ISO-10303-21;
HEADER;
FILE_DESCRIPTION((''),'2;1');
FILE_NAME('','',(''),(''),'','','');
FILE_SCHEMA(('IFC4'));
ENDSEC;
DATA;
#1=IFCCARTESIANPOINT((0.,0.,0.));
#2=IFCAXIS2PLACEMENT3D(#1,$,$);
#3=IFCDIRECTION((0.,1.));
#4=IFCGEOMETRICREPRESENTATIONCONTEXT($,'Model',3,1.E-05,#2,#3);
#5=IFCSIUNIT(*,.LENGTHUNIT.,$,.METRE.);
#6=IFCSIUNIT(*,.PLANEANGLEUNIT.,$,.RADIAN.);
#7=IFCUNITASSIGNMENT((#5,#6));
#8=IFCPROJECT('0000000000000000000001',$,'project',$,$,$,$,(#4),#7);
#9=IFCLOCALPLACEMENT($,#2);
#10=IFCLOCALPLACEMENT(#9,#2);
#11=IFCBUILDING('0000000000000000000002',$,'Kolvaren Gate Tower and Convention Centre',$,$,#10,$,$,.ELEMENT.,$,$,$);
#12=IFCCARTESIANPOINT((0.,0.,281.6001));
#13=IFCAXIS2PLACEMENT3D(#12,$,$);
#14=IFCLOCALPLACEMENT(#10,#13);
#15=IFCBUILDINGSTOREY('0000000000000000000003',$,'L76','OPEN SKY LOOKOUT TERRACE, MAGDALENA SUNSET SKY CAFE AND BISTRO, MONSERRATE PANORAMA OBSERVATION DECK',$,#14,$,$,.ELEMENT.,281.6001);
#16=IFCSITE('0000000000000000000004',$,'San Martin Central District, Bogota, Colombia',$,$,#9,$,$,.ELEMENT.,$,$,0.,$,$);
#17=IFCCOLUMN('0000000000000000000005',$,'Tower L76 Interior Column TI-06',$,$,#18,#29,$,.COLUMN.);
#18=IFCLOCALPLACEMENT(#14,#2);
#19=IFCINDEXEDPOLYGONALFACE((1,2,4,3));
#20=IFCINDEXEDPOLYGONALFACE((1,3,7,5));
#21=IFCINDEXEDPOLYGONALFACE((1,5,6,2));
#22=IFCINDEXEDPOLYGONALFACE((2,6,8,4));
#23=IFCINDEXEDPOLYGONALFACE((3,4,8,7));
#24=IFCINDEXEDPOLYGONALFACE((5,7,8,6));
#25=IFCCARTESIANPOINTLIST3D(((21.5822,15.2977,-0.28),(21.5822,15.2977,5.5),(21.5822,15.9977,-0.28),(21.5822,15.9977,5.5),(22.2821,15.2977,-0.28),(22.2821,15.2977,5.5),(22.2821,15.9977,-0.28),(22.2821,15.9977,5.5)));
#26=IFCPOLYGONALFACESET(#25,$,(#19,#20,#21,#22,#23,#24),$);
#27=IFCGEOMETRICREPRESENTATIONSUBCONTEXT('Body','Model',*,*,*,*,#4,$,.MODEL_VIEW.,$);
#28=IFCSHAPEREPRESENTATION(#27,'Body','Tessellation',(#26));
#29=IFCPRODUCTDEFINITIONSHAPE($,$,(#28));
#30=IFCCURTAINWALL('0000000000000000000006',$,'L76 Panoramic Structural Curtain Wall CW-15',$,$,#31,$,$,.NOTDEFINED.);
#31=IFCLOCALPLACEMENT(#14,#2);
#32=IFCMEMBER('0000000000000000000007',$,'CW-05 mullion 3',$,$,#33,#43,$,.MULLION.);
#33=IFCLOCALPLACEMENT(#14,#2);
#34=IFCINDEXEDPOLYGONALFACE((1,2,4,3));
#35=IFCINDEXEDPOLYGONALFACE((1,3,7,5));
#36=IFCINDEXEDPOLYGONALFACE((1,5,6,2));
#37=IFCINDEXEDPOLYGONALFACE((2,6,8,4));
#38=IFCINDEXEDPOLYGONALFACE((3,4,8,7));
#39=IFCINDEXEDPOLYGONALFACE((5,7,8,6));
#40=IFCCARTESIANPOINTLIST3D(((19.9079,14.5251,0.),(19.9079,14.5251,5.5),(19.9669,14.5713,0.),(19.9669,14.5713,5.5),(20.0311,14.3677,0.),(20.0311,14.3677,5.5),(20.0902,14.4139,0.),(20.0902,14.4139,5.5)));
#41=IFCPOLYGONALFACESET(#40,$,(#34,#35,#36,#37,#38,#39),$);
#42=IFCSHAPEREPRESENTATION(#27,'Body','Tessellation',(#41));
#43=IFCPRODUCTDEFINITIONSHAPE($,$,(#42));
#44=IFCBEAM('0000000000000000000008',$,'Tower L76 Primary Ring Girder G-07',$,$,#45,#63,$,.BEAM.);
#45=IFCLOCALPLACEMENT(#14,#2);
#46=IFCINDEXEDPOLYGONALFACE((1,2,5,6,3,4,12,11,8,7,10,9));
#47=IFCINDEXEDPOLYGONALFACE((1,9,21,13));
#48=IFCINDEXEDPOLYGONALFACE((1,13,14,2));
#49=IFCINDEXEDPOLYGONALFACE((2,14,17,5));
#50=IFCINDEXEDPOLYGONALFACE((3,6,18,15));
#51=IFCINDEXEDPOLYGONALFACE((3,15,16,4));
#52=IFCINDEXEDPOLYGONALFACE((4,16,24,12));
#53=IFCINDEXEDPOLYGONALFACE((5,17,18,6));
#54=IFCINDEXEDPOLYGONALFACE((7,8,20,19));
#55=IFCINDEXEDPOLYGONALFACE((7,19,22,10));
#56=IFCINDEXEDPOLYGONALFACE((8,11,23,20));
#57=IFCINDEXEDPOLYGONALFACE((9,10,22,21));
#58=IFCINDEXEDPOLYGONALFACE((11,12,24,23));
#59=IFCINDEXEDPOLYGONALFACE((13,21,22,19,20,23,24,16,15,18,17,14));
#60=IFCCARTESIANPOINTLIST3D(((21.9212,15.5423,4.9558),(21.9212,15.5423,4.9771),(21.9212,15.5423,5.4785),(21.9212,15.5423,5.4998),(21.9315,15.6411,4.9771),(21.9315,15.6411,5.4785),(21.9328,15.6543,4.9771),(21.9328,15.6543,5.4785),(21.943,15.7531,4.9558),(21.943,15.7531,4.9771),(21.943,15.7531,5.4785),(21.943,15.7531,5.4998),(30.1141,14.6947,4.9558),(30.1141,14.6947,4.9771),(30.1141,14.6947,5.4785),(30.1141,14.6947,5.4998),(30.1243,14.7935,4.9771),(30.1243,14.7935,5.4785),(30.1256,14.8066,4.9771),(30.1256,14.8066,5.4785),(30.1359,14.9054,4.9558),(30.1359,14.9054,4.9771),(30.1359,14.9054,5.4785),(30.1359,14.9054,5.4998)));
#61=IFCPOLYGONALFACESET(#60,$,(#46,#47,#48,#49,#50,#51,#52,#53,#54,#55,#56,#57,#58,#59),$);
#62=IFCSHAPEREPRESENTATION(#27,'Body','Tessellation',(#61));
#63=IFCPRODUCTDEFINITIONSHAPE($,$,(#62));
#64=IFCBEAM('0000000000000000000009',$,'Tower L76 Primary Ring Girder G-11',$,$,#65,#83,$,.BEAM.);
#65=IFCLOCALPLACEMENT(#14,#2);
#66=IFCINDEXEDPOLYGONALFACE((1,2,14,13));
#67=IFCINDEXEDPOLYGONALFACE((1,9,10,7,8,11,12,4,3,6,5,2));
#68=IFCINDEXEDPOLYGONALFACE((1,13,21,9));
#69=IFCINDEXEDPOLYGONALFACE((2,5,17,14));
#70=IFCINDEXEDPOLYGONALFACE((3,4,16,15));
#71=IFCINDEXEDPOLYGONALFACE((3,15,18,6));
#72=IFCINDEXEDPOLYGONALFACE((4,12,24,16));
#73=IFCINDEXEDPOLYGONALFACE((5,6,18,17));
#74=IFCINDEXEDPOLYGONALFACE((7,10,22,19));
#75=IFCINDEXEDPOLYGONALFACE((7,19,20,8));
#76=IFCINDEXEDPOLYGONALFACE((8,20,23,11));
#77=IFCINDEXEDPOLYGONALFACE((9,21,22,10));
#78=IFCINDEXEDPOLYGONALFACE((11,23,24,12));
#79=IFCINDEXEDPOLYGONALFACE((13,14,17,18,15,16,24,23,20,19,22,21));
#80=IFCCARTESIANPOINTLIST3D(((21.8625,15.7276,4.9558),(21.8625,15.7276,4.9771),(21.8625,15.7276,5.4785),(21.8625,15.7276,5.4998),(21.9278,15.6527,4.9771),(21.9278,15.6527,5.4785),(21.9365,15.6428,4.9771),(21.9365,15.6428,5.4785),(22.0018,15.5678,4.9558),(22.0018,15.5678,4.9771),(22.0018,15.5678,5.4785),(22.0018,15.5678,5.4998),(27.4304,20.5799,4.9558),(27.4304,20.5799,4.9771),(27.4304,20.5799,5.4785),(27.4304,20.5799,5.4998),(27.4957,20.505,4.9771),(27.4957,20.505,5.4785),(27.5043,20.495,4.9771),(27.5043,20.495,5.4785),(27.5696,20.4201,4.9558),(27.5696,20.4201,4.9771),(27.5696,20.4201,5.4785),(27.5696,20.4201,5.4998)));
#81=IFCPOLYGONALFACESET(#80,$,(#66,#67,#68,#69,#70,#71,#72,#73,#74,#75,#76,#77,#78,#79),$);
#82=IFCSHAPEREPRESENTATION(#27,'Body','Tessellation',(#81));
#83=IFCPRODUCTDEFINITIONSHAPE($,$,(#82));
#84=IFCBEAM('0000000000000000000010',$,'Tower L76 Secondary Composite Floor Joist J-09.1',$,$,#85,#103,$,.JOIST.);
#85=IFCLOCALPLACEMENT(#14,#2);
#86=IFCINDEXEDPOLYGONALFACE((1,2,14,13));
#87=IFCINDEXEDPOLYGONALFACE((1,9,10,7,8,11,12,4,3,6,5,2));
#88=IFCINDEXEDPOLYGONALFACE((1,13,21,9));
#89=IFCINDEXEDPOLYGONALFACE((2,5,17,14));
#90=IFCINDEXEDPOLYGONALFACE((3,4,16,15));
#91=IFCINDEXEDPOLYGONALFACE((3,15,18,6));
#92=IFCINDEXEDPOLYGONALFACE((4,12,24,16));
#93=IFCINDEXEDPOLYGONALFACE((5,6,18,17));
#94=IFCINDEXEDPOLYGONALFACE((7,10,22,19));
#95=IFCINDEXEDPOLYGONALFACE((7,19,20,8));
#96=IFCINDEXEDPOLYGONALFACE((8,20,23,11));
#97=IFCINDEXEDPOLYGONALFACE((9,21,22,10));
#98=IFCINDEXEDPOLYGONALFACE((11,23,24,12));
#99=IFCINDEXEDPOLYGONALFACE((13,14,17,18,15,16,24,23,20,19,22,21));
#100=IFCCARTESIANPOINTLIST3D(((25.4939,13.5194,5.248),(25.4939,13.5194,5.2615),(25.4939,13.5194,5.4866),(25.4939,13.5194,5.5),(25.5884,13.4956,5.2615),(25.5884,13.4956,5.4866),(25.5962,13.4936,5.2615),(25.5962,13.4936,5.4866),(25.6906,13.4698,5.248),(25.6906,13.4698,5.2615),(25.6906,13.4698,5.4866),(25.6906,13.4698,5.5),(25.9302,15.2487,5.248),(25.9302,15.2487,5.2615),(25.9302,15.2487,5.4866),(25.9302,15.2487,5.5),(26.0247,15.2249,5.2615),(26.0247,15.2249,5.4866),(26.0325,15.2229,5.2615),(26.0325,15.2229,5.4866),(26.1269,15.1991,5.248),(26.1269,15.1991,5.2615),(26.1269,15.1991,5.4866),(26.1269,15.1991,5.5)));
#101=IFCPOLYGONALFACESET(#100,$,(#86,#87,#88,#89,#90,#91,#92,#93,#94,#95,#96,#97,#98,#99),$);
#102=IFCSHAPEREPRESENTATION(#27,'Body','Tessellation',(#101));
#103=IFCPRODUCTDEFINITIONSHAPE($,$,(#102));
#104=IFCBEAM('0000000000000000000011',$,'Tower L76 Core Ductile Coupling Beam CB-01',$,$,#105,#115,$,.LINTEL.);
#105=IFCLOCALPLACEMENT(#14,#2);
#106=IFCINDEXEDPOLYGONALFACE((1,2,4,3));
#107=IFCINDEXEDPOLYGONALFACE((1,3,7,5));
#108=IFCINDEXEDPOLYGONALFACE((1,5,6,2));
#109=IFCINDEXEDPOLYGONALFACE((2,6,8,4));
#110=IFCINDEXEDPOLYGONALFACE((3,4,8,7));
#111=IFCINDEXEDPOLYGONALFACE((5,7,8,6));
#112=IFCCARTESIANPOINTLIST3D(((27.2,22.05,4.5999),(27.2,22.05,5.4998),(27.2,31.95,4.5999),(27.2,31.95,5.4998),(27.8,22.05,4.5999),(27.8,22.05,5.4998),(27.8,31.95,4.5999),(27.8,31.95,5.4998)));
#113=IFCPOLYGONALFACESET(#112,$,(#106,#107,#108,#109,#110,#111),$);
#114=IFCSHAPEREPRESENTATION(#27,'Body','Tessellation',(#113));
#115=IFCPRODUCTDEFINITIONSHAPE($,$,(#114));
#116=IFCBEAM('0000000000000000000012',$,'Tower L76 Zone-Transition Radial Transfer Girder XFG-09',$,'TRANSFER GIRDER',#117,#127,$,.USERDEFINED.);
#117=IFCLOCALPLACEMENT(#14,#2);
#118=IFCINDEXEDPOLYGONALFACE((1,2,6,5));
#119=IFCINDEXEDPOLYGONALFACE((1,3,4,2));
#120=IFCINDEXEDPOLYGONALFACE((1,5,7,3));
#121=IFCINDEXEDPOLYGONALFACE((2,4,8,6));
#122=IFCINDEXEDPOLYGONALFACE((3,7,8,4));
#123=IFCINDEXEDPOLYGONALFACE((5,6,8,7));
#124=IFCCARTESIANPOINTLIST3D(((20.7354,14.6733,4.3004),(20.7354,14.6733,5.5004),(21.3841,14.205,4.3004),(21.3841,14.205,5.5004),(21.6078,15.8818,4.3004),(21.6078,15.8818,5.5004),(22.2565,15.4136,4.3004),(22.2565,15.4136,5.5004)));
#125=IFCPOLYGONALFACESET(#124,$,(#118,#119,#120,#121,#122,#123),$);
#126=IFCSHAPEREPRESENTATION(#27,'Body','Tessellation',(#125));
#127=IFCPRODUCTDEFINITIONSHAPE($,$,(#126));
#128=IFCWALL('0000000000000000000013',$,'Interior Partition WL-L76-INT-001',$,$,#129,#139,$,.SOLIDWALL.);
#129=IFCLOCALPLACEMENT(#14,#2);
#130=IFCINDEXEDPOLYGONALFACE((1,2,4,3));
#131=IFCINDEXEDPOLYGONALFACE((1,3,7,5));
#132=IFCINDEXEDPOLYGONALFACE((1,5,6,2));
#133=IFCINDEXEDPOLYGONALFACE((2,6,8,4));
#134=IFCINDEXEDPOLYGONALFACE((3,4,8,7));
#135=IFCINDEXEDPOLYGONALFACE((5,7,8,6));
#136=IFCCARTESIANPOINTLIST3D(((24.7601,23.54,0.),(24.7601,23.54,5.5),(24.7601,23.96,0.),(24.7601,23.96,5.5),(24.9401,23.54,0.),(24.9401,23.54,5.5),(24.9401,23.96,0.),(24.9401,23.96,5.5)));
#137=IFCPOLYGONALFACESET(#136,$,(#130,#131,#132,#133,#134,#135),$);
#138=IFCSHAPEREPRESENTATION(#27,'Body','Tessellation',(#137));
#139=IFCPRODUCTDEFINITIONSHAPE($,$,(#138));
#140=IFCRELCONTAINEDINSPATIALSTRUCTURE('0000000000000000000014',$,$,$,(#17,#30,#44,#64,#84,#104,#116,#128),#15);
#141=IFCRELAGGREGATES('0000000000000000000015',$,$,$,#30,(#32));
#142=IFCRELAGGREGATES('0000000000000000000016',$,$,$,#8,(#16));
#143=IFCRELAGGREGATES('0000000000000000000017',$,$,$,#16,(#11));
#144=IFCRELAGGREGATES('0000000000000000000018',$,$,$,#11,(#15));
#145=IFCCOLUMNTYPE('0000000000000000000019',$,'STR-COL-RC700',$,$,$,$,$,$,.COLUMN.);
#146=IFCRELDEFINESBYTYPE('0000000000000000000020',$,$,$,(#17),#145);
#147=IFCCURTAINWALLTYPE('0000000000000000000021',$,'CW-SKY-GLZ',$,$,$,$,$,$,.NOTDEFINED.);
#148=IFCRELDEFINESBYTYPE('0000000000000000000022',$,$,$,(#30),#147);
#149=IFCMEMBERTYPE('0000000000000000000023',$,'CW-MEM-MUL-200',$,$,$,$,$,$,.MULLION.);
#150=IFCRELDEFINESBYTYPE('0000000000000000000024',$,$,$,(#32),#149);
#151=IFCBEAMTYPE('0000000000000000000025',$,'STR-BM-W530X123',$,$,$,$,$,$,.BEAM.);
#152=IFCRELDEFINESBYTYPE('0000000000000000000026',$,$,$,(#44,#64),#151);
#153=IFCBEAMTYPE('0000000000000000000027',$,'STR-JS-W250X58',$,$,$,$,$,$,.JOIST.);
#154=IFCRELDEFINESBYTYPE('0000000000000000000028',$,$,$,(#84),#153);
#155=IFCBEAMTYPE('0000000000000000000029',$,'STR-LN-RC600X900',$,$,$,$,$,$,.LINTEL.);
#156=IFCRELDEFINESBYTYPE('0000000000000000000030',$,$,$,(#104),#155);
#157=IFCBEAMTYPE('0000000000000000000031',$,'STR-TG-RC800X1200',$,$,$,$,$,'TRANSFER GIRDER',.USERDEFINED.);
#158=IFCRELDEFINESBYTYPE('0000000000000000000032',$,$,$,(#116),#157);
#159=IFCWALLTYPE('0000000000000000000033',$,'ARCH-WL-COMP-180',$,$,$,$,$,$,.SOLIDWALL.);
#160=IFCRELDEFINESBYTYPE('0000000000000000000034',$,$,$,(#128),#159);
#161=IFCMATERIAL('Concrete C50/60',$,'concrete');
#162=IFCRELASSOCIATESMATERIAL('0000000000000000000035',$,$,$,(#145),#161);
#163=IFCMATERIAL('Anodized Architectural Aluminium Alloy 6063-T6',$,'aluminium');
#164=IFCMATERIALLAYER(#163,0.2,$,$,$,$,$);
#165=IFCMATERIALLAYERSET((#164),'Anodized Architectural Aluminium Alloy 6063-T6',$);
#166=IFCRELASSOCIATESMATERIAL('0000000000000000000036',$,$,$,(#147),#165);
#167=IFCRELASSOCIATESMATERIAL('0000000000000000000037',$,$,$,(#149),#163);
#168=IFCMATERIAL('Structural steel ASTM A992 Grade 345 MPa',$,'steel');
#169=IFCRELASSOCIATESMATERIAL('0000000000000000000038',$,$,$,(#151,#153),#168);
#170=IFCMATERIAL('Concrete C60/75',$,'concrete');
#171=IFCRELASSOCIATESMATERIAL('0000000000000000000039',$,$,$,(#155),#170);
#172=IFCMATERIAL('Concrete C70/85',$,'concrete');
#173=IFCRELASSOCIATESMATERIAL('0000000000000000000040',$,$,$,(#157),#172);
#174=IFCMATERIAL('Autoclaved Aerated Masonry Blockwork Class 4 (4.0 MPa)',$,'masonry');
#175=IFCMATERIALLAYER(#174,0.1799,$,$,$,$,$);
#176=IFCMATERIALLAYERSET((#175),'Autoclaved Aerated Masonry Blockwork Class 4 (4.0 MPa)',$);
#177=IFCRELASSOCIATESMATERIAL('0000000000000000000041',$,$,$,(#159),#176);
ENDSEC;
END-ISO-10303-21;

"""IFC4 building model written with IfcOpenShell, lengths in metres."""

from ifc_helpers import new_model, si_unit, direction, frame, frame_2d, origin, origin_2d, place, context, subcontext, project, spatial, rectangle, i_section, extrude, material, layer, layer_set, material_profile, profile_set, type_object, element, aggregate, save


model = new_model("IFC4")

# Units and contexts
model_context = context("Model", 3, precision=1e-05, world=origin(), true_north=direction((0.0, 1.0)))
body_context = subcontext(model_context, "Body", "Model", "MODEL_VIEW")
ifc_project = project(units=[si_unit("LENGTHUNIT", "METRE"), si_unit("PLANEANGLEUNIT", "RADIAN")], contexts=[model_context])

# Site, building, storey
site_placement = place(None, origin())
site = spatial("IfcSite", under=ifc_project, at=site_placement, Name="San Martin Central District, Bogota, Colombia", CompositionType="ELEMENT", RefElevation=0.0)
building_placement = place(site_placement, origin())
building = spatial("IfcBuilding", under=site, at=building_placement, Name="Kolvaren Gate Tower and Convention Centre", CompositionType="ELEMENT")
storey_placement = place(building_placement, frame((0.0, 0.0, 281.6001)))
storey = spatial("IfcBuildingStorey", under=building, at=storey_placement, Name="L76", Description="OPEN SKY LOOKOUT TERRACE, MAGDALENA SUNSET SKY CAFE AND BISTRO, MONSERRATE PANORAMA OBSERVATION DECK", CompositionType="ELEMENT", Elevation=281.6001)

# Column
ifc_material_1 = material(Name="Concrete C50/60", Category="concrete")
ifc_material_profile_1 = material_profile(ifc_material_1, rectangle(XDim=0.7, YDim=0.7, at=origin_2d()), Name="RC-COL-700X700")
ifc_profile_set_1 = profile_set([ifc_material_profile_1], Name="Concrete C50/60")
column_type = type_object("IfcColumnType", Name="STR-COL-RC700", PredefinedType="COLUMN", material=ifc_profile_set_1)
column_placement = place(storey_placement, frame((21.9321, 15.6477, -0.28), z_axis=(0.0, 0.0, 1.0), x_axis=(1.0, 0.0, 0.0)))
element("IfcColumn", 1, at=column_placement, inside=storey, type_object=column_type, Name="Tower L76 Interior Column TI-06", PredefinedType="COLUMN", context=body_context, shape_type="SweptSolid", body=[
    extrude(rectangle(XDim=0.7, YDim=0.7, at=origin_2d()), origin(), (0.0, 0.0, 1.0), 5.78),
])

# Curtain wall, member
ifc_material_2 = material(Name="Anodized Architectural Aluminium Alloy 6063-T6", Category="aluminium")
ifc_layer_1 = layer(ifc_material_2, 0.2)
ifc_layer_set_1 = layer_set([ifc_layer_1], Name="Anodized Architectural Aluminium Alloy 6063-T6")
curtain_wall_type = type_object("IfcCurtainWallType", Name="CW-SKY-GLZ", PredefinedType="NOTDEFINED", material=ifc_layer_set_1)
curtain_wall_placement = place(storey_placement, origin())
curtain_wall = element("IfcCurtainWall", 2, at=curtain_wall_placement, inside=storey, type_object=curtain_wall_type, Name="L76 Panoramic Structural Curtain Wall CW-15", PredefinedType="NOTDEFINED")
ifc_material_profile_2 = material_profile(ifc_material_2, rectangle(XDim=0.075, YDim=0.2, at=origin_2d()), Name="CW-MEM-MUL-200")
ifc_profile_set_2 = profile_set([ifc_material_profile_2], Name="Anodized Architectural Aluminium Alloy 6063-T6")
member_type = type_object("IfcMemberType", Name="CW-MEM-MUL-200", PredefinedType="MULLION", material=ifc_profile_set_2)
member_placement = place(storey_placement, frame((19.999, 14.4695, 0.0), z_axis=(0.0, 0.0, 1.0), x_axis=(0.787411, 0.616429, 0.0)))
member = element("IfcMember", 3, at=member_placement, type_object=member_type, Name="CW-05 mullion 3", PredefinedType="MULLION", context=body_context, shape_type="SweptSolid", body=[
    extrude(rectangle(XDim=0.075, YDim=0.2, at=origin_2d()), origin(), (0.0, 0.0, 1.0), 5.5),
])
aggregate(curtain_wall, [member])

# Beams
ifc_material_3 = material(Name="Structural steel ASTM A992 Grade 345 MPa", Category="steel")
ifc_material_profile_3 = material_profile(ifc_material_3, i_section(OverallWidth=0.2119, OverallDepth=0.5439, WebThickness=0.0132, FlangeThickness=0.0212, at=origin_2d()), Name="W530X123")
ifc_profile_set_3 = profile_set([ifc_material_profile_3], Name="Structural steel ASTM A992 Grade 345 MPa")
beam_type_1 = type_object("IfcBeamType", Name="STR-BM-W530X123", PredefinedType="BEAM", material=ifc_profile_set_3)
beam_1_placement = place(storey_placement, frame((21.9321, 15.6477, 5.2278), z_axis=(0.99469, -0.102913, 0.0), x_axis=(0.102913, 0.99469, 0.0)))
element("IfcBeam", 4, at=beam_1_placement, inside=storey, type_object=beam_type_1, Name="Tower L76 Primary Ring Girder G-07", PredefinedType="BEAM", context=body_context, shape_type="SweptSolid", body=[
    extrude(i_section(OverallWidth=0.2119, OverallDepth=0.5439, WebThickness=0.0132, FlangeThickness=0.0212, at=origin_2d()), origin(), (0.0, 0.0, 1.0), 8.2366),
])
beam_2_placement = place(storey_placement, frame((27.5, 20.5, 5.2278), z_axis=(-0.75389, -0.657001, 0.0), x_axis=(0.657001, -0.75389, 0.0)))
element("IfcBeam", 5, at=beam_2_placement, inside=storey, type_object=beam_type_1, Name="Tower L76 Primary Ring Girder G-11", PredefinedType="BEAM", context=body_context, shape_type="SweptSolid", body=[
    extrude(i_section(OverallWidth=0.2119, OverallDepth=0.5439, WebThickness=0.0132, FlangeThickness=0.0212, at=origin_2d()), origin(), (0.0, 0.0, 1.0), 7.3855),
])
ifc_material_profile_4 = material_profile(ifc_material_3, i_section(OverallWidth=0.2029, OverallDepth=0.252, WebThickness=0.0081, FlangeThickness=0.0134, at=origin_2d()), Name="W250X58")
ifc_profile_set_4 = profile_set([ifc_material_profile_4], Name="Structural steel ASTM A992 Grade 345 MPa")
beam_type_2 = type_object("IfcBeamType", Name="STR-JS-W250X58", PredefinedType="JOIST", material=ifc_profile_set_4)
beam_3_placement = place(storey_placement, frame((26.0286, 15.2239, 5.374), z_axis=(-0.244629, -0.969617, 0.0), x_axis=(0.969617, -0.244629, 0.0)))
element("IfcBeam", 6, at=beam_3_placement, inside=storey, type_object=beam_type_2, Name="Tower L76 Secondary Composite Floor Joist J-09.1", PredefinedType="JOIST", context=body_context, shape_type="SweptSolid", body=[
    extrude(i_section(OverallWidth=0.2029, OverallDepth=0.252, WebThickness=0.0081, FlangeThickness=0.0134, at=origin_2d()), origin(), (0.0, 0.0, 1.0), 1.7834),
])
ifc_material_4 = material(Name="Concrete C60/75", Category="concrete")
ifc_material_profile_5 = material_profile(ifc_material_4, rectangle(XDim=0.6001, YDim=0.8999, at=origin_2d()), Name="RC-BM-600X900")
ifc_profile_set_5 = profile_set([ifc_material_profile_5], Name="Concrete C60/75")
beam_type_3 = type_object("IfcBeamType", Name="STR-LN-RC600X900", PredefinedType="LINTEL", material=ifc_profile_set_5)
beam_4_placement = place(storey_placement, frame((27.5, 22.05, 5.0498), z_axis=(0.0, 1.0, 0.0), x_axis=(-1.0, 0.0, 0.0)))
element("IfcBeam", 7, at=beam_4_placement, inside=storey, type_object=beam_type_3, Name="Tower L76 Core Ductile Coupling Beam CB-01", PredefinedType="LINTEL", context=body_context, shape_type="SweptSolid", body=[
    extrude(rectangle(XDim=0.6001, YDim=0.8999, at=origin_2d()), origin(), (0.0, 0.0, 1.0), 9.8999),
])
ifc_material_5 = material(Name="Concrete C70/85", Category="concrete")
ifc_material_profile_6 = material_profile(ifc_material_5, rectangle(XDim=0.8, YDim=1.2, at=origin_2d()), Name="RC-BM-800X1200")
ifc_profile_set_6 = profile_set([ifc_material_profile_6], Name="Concrete C70/85")
beam_type_4 = type_object("IfcBeamType", Name="STR-TG-RC800X1200", ElementType="TRANSFER GIRDER", PredefinedType="USERDEFINED", material=ifc_profile_set_6)
beam_5_placement = place(storey_placement, frame((21.9321, 15.6477, 4.9004), z_axis=(-0.585275, -0.810835, 0.0), x_axis=(0.810835, -0.585275, 0.0)))
element("IfcBeam", 8, at=beam_5_placement, inside=storey, type_object=beam_type_4, Name="Tower L76 Zone-Transition Radial Transfer Girder XFG-09", ObjectType="TRANSFER GIRDER", PredefinedType="USERDEFINED", context=body_context, shape_type="SweptSolid", body=[
    extrude(rectangle(XDim=0.8, YDim=1.2, at=origin_2d()), origin(), (0.0, 0.0, 1.0), 1.4905),
])

# Wall
ifc_material_6 = material(Name="Autoclaved Aerated Masonry Blockwork Class 4 (4.0 MPa)", Category="masonry")
ifc_layer_2 = layer(ifc_material_6, 0.1799)
ifc_layer_set_2 = layer_set([ifc_layer_2], Name="Autoclaved Aerated Masonry Blockwork Class 4 (4.0 MPa)")
wall_type_1 = type_object("IfcWallType", Name="ARCH-WL-COMP-180", PredefinedType="SOLIDWALL", material=ifc_layer_set_2)
wall_1_placement = place(storey_placement, frame((24.8501, 23.54, 0.0), z_axis=(0.0, 0.0, 1.0), x_axis=(0.0, 1.0, 0.0)))
element("IfcWall", 9, at=wall_1_placement, inside=storey, type_object=wall_type_1, Name="Interior Partition WL-L76-INT-001", PredefinedType="SOLIDWALL", context=body_context, shape_type="SweptSolid", body=[
    extrude(rectangle(XDim=0.4199, YDim=0.1799, at=frame_2d((0.21, 0.0))), origin(), (0.0, 0.0, 1.0), 5.5),
])

save(model, "model.ifc")
